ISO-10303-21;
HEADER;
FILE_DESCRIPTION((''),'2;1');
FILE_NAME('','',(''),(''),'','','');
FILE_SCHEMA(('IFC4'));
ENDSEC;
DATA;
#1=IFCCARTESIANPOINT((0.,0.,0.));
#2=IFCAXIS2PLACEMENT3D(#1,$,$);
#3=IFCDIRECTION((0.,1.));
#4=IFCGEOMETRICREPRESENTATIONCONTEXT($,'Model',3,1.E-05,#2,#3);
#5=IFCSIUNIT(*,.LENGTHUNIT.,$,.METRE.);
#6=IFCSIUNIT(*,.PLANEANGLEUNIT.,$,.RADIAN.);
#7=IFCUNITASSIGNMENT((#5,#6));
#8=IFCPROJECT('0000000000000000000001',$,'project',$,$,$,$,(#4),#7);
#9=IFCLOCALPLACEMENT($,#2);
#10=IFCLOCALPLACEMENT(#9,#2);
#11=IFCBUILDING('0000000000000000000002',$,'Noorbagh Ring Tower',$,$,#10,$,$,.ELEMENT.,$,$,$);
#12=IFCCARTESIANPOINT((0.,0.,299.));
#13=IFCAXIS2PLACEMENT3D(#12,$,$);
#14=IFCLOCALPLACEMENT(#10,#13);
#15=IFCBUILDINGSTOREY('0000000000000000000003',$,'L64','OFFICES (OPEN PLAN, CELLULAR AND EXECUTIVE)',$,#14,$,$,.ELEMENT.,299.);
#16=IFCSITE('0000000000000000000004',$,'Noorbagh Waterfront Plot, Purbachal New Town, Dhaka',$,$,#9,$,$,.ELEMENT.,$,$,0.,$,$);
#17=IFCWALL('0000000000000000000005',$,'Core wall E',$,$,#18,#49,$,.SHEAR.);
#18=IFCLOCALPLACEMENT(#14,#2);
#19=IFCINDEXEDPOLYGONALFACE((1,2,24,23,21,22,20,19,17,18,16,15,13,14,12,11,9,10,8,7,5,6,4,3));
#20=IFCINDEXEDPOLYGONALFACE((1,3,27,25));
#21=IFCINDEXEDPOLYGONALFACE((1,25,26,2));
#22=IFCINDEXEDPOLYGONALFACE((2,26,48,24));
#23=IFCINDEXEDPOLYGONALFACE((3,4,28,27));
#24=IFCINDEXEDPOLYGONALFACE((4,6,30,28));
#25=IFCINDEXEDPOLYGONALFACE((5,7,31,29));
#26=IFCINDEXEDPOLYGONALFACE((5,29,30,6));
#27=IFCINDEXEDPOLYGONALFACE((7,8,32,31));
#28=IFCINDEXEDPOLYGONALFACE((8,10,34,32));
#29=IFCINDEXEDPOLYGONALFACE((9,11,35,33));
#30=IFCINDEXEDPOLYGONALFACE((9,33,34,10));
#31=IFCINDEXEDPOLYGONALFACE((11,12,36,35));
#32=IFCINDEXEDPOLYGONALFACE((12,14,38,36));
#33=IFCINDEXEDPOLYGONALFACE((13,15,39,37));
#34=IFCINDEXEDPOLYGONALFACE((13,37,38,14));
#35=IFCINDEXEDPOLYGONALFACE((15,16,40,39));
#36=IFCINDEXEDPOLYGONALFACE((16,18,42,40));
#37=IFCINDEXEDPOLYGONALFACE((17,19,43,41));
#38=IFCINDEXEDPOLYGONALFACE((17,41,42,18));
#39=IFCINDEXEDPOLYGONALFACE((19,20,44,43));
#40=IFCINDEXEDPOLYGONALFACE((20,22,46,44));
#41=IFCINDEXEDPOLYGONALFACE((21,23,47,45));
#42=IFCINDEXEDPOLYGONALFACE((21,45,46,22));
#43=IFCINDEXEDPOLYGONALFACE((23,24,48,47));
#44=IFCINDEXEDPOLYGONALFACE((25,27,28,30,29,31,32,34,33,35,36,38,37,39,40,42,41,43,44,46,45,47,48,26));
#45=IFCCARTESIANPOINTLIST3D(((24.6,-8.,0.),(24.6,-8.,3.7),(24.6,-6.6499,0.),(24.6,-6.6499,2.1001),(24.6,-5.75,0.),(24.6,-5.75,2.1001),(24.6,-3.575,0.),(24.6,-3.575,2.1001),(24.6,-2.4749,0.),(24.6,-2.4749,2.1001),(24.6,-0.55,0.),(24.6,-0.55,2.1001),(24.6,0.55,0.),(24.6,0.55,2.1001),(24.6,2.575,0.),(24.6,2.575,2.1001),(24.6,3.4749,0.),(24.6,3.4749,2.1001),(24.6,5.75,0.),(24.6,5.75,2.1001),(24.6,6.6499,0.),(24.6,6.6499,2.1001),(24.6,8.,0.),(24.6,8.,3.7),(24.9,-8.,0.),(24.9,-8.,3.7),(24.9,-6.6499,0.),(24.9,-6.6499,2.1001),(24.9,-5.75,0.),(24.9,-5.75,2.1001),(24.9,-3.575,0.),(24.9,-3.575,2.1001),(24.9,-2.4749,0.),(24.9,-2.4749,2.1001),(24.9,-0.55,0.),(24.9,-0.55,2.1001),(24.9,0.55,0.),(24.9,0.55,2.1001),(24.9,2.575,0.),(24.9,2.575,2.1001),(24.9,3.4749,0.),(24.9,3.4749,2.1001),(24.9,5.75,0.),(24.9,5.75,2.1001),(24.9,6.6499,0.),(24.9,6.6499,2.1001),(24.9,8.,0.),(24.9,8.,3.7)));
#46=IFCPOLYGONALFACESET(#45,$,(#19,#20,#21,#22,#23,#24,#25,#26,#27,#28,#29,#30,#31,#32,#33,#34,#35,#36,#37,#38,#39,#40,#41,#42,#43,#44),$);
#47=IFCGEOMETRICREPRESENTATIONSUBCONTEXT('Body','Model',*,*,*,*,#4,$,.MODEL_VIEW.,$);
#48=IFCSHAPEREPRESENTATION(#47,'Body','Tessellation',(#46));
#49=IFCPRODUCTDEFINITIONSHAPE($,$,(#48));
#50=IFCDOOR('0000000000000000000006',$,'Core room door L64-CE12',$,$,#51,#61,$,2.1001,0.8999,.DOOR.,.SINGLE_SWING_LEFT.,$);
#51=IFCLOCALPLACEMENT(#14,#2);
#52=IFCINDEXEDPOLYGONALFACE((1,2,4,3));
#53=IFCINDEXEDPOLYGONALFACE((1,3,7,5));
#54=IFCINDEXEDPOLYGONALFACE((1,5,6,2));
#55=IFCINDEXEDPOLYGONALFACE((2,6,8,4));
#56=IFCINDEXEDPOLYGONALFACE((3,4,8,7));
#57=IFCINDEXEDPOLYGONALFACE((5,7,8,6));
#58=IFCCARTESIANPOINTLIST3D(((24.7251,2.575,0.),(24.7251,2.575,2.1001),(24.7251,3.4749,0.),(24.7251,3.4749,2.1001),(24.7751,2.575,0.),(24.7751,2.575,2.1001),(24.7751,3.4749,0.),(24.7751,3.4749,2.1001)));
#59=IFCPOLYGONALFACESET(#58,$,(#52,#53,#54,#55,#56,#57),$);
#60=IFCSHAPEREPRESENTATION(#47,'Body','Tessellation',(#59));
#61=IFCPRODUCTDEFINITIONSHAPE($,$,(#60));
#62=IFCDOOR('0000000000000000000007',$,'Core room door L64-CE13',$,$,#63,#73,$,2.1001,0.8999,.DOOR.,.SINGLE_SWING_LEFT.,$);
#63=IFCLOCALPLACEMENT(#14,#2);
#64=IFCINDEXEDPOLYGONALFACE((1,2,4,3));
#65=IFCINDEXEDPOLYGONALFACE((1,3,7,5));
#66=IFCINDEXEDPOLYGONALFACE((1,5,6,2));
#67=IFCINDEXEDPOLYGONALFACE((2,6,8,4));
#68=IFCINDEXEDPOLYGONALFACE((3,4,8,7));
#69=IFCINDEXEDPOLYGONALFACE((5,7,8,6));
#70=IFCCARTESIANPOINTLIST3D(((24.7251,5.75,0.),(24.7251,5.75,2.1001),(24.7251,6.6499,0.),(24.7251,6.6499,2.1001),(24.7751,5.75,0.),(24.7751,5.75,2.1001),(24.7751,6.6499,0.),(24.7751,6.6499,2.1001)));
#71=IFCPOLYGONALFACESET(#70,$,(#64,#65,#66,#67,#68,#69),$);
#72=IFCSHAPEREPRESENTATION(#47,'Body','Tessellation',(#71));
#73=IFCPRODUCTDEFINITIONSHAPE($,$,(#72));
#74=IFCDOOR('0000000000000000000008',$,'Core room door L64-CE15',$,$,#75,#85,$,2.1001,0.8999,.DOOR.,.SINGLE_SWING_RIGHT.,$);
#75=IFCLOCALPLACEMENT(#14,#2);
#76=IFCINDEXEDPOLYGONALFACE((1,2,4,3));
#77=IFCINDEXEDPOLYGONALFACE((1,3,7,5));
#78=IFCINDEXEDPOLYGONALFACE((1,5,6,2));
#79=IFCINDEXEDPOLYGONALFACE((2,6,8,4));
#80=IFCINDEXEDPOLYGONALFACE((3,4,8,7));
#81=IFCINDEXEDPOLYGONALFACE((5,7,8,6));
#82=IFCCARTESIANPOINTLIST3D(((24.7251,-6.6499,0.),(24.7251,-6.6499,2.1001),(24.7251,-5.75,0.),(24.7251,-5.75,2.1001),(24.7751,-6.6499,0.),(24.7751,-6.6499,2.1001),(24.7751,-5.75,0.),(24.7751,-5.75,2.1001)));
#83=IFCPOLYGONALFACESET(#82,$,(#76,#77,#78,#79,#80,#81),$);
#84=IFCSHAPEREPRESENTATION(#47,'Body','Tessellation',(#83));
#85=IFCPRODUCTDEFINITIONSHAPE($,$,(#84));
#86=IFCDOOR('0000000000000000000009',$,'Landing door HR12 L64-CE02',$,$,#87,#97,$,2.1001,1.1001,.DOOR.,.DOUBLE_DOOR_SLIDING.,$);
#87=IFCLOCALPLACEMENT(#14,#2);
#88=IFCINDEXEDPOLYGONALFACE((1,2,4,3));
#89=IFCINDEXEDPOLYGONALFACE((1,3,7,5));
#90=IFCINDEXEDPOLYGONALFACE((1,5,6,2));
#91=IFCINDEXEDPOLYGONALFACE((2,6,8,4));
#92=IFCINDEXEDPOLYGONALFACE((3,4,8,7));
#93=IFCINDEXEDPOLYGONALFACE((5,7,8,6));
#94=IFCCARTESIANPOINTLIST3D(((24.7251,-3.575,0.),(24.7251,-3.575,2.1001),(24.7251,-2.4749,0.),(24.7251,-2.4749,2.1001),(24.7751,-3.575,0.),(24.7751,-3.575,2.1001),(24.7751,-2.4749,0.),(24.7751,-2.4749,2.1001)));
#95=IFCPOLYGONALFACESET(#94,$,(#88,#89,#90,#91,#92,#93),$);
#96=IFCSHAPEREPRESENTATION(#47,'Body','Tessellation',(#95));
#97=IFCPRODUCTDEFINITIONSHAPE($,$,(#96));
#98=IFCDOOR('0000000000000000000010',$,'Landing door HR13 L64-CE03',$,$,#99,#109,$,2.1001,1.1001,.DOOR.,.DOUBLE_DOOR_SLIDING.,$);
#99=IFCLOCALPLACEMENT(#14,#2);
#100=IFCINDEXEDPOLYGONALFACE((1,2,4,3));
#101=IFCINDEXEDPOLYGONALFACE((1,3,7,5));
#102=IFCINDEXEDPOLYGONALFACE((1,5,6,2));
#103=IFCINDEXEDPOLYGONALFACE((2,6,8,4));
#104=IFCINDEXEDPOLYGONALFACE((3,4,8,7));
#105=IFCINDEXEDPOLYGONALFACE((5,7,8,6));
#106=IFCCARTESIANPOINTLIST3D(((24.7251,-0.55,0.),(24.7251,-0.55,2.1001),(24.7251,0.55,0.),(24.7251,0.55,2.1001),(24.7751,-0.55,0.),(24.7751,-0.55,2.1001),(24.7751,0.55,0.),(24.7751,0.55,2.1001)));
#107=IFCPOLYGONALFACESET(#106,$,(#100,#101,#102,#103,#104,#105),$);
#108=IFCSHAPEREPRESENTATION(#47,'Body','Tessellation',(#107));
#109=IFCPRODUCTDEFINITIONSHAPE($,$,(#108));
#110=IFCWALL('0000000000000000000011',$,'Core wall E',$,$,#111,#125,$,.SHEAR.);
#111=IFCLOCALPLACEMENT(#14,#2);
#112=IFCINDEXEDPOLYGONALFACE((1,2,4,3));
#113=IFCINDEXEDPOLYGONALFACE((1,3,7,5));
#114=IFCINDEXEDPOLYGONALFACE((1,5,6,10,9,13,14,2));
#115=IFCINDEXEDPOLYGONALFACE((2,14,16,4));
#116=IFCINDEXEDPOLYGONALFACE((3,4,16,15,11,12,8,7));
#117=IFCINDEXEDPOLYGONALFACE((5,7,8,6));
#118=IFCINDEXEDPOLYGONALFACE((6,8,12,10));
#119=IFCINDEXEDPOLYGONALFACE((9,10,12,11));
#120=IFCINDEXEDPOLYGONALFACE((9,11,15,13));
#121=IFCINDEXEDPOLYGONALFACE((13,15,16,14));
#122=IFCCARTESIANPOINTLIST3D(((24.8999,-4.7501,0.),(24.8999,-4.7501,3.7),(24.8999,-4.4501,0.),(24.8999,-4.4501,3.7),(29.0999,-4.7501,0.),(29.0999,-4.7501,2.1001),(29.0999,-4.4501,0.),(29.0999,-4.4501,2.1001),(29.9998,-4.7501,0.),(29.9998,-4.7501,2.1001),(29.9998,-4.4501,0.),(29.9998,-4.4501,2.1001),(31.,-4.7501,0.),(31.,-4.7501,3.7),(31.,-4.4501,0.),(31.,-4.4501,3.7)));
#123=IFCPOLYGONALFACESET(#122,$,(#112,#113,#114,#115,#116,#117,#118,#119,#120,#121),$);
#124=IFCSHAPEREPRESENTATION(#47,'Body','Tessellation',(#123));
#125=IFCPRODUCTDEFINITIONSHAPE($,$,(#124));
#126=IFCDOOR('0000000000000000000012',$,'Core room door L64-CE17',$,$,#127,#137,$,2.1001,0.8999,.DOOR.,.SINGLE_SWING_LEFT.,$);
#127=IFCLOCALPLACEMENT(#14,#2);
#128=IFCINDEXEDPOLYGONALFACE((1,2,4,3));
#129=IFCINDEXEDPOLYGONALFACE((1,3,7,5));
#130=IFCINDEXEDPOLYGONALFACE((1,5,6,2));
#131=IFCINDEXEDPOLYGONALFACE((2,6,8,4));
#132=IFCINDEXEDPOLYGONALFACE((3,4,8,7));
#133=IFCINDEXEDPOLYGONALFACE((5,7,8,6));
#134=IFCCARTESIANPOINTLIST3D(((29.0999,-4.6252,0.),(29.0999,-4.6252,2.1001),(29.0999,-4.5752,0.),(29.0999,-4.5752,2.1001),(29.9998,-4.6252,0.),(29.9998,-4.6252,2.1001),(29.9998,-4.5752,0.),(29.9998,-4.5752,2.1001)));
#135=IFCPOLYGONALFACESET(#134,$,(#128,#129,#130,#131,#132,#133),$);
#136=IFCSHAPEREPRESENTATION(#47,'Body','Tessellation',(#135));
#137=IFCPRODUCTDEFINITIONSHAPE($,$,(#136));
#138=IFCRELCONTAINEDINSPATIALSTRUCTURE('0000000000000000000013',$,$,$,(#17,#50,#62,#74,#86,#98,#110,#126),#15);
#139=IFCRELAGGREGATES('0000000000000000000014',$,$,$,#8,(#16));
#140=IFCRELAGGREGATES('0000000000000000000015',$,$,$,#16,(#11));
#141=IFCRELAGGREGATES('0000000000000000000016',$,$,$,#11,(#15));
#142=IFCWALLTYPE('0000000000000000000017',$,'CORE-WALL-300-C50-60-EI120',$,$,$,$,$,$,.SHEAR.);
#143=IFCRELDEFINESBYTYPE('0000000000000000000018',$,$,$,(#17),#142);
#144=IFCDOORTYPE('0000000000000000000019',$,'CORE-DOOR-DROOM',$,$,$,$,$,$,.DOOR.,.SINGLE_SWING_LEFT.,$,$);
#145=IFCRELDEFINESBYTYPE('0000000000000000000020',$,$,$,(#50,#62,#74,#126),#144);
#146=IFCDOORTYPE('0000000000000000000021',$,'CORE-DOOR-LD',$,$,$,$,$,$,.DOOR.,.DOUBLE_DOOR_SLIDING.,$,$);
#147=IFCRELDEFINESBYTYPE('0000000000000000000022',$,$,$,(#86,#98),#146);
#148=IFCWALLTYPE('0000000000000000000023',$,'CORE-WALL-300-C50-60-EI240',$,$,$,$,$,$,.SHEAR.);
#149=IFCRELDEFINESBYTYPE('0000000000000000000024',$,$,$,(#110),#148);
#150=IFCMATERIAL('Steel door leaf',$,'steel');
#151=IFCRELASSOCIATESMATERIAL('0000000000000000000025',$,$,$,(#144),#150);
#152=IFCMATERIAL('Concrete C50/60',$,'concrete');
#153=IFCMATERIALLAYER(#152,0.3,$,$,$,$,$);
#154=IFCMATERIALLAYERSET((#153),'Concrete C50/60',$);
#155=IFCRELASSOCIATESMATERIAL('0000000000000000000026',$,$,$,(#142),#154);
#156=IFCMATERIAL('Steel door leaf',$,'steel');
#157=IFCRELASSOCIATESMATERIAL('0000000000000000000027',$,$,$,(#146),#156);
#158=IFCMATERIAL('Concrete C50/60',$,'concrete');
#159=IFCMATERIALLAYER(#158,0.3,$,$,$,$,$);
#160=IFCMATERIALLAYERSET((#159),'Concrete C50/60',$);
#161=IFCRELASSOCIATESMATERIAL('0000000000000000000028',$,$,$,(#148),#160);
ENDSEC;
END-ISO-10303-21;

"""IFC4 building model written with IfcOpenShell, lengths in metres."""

from ifc_helpers import new_model, si_unit, direction, frame, frame_2d, origin, place, context, subcontext, project, spatial, rectangle, extrude, material, layer, layer_set, type_object, element, fill, save


model = new_model("IFC4")

# Units and contexts
model_context = context("Model", 3, precision=1e-05, world=origin(), true_north=direction((0.0, 1.0)))
body_context = subcontext(model_context, "Body", "Model", "MODEL_VIEW")
ifc_project = project(units=[si_unit("LENGTHUNIT", "METRE"), si_unit("PLANEANGLEUNIT", "RADIAN")], contexts=[model_context])

# Site, building, storey
site_placement = place(None, origin())
site = spatial("IfcSite", under=ifc_project, at=site_placement, Name="Noorbagh Waterfront Plot, Purbachal New Town, Dhaka", CompositionType="ELEMENT", RefElevation=0.0)
building_placement = place(site_placement, origin())
building = spatial("IfcBuilding", under=site, at=building_placement, Name="Noorbagh Ring Tower", CompositionType="ELEMENT")
storey_placement = place(building_placement, frame((0.0, 0.0, 299.0)))
storey = spatial("IfcBuildingStorey", under=building, at=storey_placement, Name="L64", Description="OFFICES (OPEN PLAN, CELLULAR AND EXECUTIVE)", CompositionType="ELEMENT", Elevation=299.0)

# Shared definitions
ifc_material_1 = material(Name="Steel door leaf", Category="steel")
door_type_1 = type_object("IfcDoorType", Name="CORE-DOOR-DROOM", OperationType="SINGLE_SWING_LEFT", PredefinedType="DOOR", material=ifc_material_1)

# Shared definitions
ifc_material_2 = material(Name="Concrete C50/60", Category="concrete")
ifc_layer_1 = layer(ifc_material_2, 0.3)
ifc_layer_set_1 = layer_set([ifc_layer_1], Name="Concrete C50/60")
wall_type_1 = type_object("IfcWallType", Name="CORE-WALL-300-C50-60-EI120", PredefinedType="SHEAR", material=ifc_layer_set_1)

# Wall, openings, doors
wall_1_placement = place(storey_placement, frame((24.75, -8.0, 0.0), z_axis=(0.0, 0.0, 1.0), x_axis=(0.0, 1.0, 0.0)))
wall_1 = element("IfcWall", 1, at=wall_1_placement, inside=storey, type_object=wall_type_1, Name="Core wall E", PredefinedType="SHEAR", context=body_context, shape_type="SweptSolid", body=[
    extrude(rectangle(XDim=16.0, YDim=0.3, at=frame_2d((8.0, 0.0))), origin(), (0.0, 0.0, 1.0), 3.7),
])
opening_1_placement = place(wall_1_placement, frame((4.425, 0.0, 0.0)))
opening_1 = element("IfcOpeningElement", 2, at=opening_1_placement, cuts=wall_1, PredefinedType="OPENING", context=body_context, shape_type="SweptSolid", body=[
    extrude(rectangle(XDim=1.1001, YDim=2.1001, at=frame_2d((0.55, 1.05))), frame((0.0, 0.1602, 0.0), z_axis=(0.0, -1.0, 0.0), x_axis=(1.0, 0.0, 0.0)), (0.0, 0.0, 1.0), 0.3201),
])
opening_2_placement = place(wall_1_placement, frame((7.45, 0.0, 0.0)))
opening_2 = element("IfcOpeningElement", 3, at=opening_2_placement, cuts=wall_1, PredefinedType="OPENING", context=body_context, shape_type="SweptSolid", body=[
    extrude(rectangle(XDim=1.1001, YDim=2.1001, at=frame_2d((0.55, 1.05))), frame((0.0, 0.1602, 0.0), z_axis=(0.0, -1.0, 0.0), x_axis=(1.0, 0.0, 0.0)), (0.0, 0.0, 1.0), 0.3201),
])
opening_3_placement = place(wall_1_placement, frame((10.575, 0.0, 0.0)))
opening_3 = element("IfcOpeningElement", 4, at=opening_3_placement, cuts=wall_1, PredefinedType="OPENING", context=body_context, shape_type="SweptSolid", body=[
    extrude(rectangle(XDim=0.8999, YDim=2.1001, at=frame_2d((0.45, 1.05))), frame((0.0, 0.1602, 0.0), z_axis=(0.0, -1.0, 0.0), x_axis=(1.0, 0.0, 0.0)), (0.0, 0.0, 1.0), 0.3201),
])
opening_4_placement = place(wall_1_placement, frame((13.75, 0.0, 0.0)))
opening_4 = element("IfcOpeningElement", 5, at=opening_4_placement, cuts=wall_1, PredefinedType="OPENING", context=body_context, shape_type="SweptSolid", body=[
    extrude(rectangle(XDim=0.8999, YDim=2.1001, at=frame_2d((0.45, 1.05))), frame((0.0, 0.1602, 0.0), z_axis=(0.0, -1.0, 0.0), x_axis=(1.0, 0.0, 0.0)), (0.0, 0.0, 1.0), 0.3201),
])
opening_5_placement = place(wall_1_placement, frame((1.3501, 0.0, 0.0)))
opening_5 = element("IfcOpeningElement", 6, at=opening_5_placement, cuts=wall_1, PredefinedType="OPENING", context=body_context, shape_type="SweptSolid", body=[
    extrude(rectangle(XDim=0.8999, YDim=2.1001, at=frame_2d((0.45, 1.05))), frame((0.0, 0.1602, 0.0), z_axis=(0.0, -1.0, 0.0), x_axis=(1.0, 0.0, 0.0)), (0.0, 0.0, 1.0), 0.3201),
])
door_1_placement = place(opening_3_placement, origin())
door_1 = element("IfcDoor", 7, at=door_1_placement, inside=storey, type_object=door_type_1, Name="Core room door L64-CE12", OperationType="SINGLE_SWING_LEFT", OverallHeight=2.1001, OverallWidth=0.8999, PredefinedType="DOOR", context=body_context, shape_type="SweptSolid", body=[
    extrude(rectangle(XDim=0.8999, YDim=2.1001, at=frame_2d((0.45, 1.05))), frame((0.0, 0.0249, 0.0), z_axis=(0.0, -1.0, 0.0), x_axis=(1.0, 0.0, 0.0)), (0.0, 0.0, 1.0), 0.05),
])
fill(opening_3, door_1)
door_2_placement = place(opening_4_placement, origin())
door_2 = element("IfcDoor", 8, at=door_2_placement, inside=storey, type_object=door_type_1, Name="Core room door L64-CE13", OperationType="SINGLE_SWING_LEFT", OverallHeight=2.1001, OverallWidth=0.8999, PredefinedType="DOOR", context=body_context, shape_type="SweptSolid", body=[
    extrude(rectangle(XDim=0.8999, YDim=2.1001, at=frame_2d((0.45, 1.05))), frame((0.0, 0.0249, 0.0), z_axis=(0.0, -1.0, 0.0), x_axis=(1.0, 0.0, 0.0)), (0.0, 0.0, 1.0), 0.05),
])
fill(opening_4, door_2)
door_3_placement = place(opening_5_placement, origin())
door_3 = element("IfcDoor", 9, at=door_3_placement, inside=storey, type_object=door_type_1, Name="Core room door L64-CE15", OperationType="SINGLE_SWING_RIGHT", OverallHeight=2.1001, OverallWidth=0.8999, PredefinedType="DOOR", context=body_context, shape_type="SweptSolid", body=[
    extrude(rectangle(XDim=0.8999, YDim=2.1001, at=frame_2d((0.45, 1.05))), frame((0.0, 0.0249, 0.0), z_axis=(0.0, -1.0, 0.0), x_axis=(1.0, 0.0, 0.0)), (0.0, 0.0, 1.0), 0.05),
])
fill(opening_5, door_3)
ifc_material_3 = material(Name="Steel door leaf", Category="steel")
door_type_2 = type_object("IfcDoorType", Name="CORE-DOOR-LD", OperationType="DOUBLE_DOOR_SLIDING", PredefinedType="DOOR", material=ifc_material_3)
door_4_placement = place(opening_1_placement, origin())
door_4 = element("IfcDoor", 10, at=door_4_placement, inside=storey, type_object=door_type_2, Name="Landing door HR12 L64-CE02", OperationType="DOUBLE_DOOR_SLIDING", OverallHeight=2.1001, OverallWidth=1.1001, PredefinedType="DOOR", context=body_context, shape_type="SweptSolid", body=[
    extrude(rectangle(XDim=1.1001, YDim=2.1001, at=frame_2d((0.55, 1.05))), frame((0.0, 0.0249, 0.0), z_axis=(0.0, -1.0, 0.0), x_axis=(1.0, 0.0, 0.0)), (0.0, 0.0, 1.0), 0.05),
])
fill(opening_1, door_4)
door_5_placement = place(opening_2_placement, origin())
door_5 = element("IfcDoor", 11, at=door_5_placement, inside=storey, type_object=door_type_2, Name="Landing door HR13 L64-CE03", OperationType="DOUBLE_DOOR_SLIDING", OverallHeight=2.1001, OverallWidth=1.1001, PredefinedType="DOOR", context=body_context, shape_type="SweptSolid", body=[
    extrude(rectangle(XDim=1.1001, YDim=2.1001, at=frame_2d((0.55, 1.05))), frame((0.0, 0.0249, 0.0), z_axis=(0.0, -1.0, 0.0), x_axis=(1.0, 0.0, 0.0)), (0.0, 0.0, 1.0), 0.05),
])
fill(opening_2, door_5)

# Wall, opening, door
ifc_material_4 = material(Name="Concrete C50/60", Category="concrete")
ifc_layer_2 = layer(ifc_material_4, 0.3)
ifc_layer_set_2 = layer_set([ifc_layer_2], Name="Concrete C50/60")
wall_type_2 = type_object("IfcWallType", Name="CORE-WALL-300-C50-60-EI240", PredefinedType="SHEAR", material=ifc_layer_set_2)
wall_2_placement = place(storey_placement, frame((24.8999, -4.6001, 0.0), z_axis=(0.0, 0.0, 1.0), x_axis=(1.0, 0.0, 0.0)))
wall_2 = element("IfcWall", 12, at=wall_2_placement, inside=storey, type_object=wall_type_2, Name="Core wall E", PredefinedType="SHEAR", context=body_context, shape_type="SweptSolid", body=[
    extrude(rectangle(XDim=6.1001, YDim=0.3, at=frame_2d((3.05, 0.0))), origin(), (0.0, 0.0, 1.0), 3.7),
])
opening_6_placement = place(wall_2_placement, frame((4.2, 0.0, 0.0)))
opening_6 = element("IfcOpeningElement", 13, at=opening_6_placement, cuts=wall_2, PredefinedType="OPENING", context=body_context, shape_type="SweptSolid", body=[
    extrude(rectangle(XDim=0.8999, YDim=2.1001, at=frame_2d((0.45, 1.05))), frame((0.0, 0.1602, 0.0), z_axis=(0.0, -1.0, 0.0), x_axis=(1.0, 0.0, 0.0)), (0.0, 0.0, 1.0), 0.3201),
])
door_6_placement = place(opening_6_placement, origin())
door_6 = element("IfcDoor", 14, at=door_6_placement, inside=storey, type_object=door_type_1, Name="Core room door L64-CE17", OperationType="SINGLE_SWING_LEFT", OverallHeight=2.1001, OverallWidth=0.8999, PredefinedType="DOOR", context=body_context, shape_type="SweptSolid", body=[
    extrude(rectangle(XDim=0.8999, YDim=2.1001, at=frame_2d((0.45, 1.05))), frame((0.0, 0.0249, 0.0), z_axis=(0.0, -1.0, 0.0), x_axis=(1.0, 0.0, 0.0)), (0.0, 0.0, 1.0), 0.05),
])
fill(opening_6, door_6)

save(model, "model.ifc")
